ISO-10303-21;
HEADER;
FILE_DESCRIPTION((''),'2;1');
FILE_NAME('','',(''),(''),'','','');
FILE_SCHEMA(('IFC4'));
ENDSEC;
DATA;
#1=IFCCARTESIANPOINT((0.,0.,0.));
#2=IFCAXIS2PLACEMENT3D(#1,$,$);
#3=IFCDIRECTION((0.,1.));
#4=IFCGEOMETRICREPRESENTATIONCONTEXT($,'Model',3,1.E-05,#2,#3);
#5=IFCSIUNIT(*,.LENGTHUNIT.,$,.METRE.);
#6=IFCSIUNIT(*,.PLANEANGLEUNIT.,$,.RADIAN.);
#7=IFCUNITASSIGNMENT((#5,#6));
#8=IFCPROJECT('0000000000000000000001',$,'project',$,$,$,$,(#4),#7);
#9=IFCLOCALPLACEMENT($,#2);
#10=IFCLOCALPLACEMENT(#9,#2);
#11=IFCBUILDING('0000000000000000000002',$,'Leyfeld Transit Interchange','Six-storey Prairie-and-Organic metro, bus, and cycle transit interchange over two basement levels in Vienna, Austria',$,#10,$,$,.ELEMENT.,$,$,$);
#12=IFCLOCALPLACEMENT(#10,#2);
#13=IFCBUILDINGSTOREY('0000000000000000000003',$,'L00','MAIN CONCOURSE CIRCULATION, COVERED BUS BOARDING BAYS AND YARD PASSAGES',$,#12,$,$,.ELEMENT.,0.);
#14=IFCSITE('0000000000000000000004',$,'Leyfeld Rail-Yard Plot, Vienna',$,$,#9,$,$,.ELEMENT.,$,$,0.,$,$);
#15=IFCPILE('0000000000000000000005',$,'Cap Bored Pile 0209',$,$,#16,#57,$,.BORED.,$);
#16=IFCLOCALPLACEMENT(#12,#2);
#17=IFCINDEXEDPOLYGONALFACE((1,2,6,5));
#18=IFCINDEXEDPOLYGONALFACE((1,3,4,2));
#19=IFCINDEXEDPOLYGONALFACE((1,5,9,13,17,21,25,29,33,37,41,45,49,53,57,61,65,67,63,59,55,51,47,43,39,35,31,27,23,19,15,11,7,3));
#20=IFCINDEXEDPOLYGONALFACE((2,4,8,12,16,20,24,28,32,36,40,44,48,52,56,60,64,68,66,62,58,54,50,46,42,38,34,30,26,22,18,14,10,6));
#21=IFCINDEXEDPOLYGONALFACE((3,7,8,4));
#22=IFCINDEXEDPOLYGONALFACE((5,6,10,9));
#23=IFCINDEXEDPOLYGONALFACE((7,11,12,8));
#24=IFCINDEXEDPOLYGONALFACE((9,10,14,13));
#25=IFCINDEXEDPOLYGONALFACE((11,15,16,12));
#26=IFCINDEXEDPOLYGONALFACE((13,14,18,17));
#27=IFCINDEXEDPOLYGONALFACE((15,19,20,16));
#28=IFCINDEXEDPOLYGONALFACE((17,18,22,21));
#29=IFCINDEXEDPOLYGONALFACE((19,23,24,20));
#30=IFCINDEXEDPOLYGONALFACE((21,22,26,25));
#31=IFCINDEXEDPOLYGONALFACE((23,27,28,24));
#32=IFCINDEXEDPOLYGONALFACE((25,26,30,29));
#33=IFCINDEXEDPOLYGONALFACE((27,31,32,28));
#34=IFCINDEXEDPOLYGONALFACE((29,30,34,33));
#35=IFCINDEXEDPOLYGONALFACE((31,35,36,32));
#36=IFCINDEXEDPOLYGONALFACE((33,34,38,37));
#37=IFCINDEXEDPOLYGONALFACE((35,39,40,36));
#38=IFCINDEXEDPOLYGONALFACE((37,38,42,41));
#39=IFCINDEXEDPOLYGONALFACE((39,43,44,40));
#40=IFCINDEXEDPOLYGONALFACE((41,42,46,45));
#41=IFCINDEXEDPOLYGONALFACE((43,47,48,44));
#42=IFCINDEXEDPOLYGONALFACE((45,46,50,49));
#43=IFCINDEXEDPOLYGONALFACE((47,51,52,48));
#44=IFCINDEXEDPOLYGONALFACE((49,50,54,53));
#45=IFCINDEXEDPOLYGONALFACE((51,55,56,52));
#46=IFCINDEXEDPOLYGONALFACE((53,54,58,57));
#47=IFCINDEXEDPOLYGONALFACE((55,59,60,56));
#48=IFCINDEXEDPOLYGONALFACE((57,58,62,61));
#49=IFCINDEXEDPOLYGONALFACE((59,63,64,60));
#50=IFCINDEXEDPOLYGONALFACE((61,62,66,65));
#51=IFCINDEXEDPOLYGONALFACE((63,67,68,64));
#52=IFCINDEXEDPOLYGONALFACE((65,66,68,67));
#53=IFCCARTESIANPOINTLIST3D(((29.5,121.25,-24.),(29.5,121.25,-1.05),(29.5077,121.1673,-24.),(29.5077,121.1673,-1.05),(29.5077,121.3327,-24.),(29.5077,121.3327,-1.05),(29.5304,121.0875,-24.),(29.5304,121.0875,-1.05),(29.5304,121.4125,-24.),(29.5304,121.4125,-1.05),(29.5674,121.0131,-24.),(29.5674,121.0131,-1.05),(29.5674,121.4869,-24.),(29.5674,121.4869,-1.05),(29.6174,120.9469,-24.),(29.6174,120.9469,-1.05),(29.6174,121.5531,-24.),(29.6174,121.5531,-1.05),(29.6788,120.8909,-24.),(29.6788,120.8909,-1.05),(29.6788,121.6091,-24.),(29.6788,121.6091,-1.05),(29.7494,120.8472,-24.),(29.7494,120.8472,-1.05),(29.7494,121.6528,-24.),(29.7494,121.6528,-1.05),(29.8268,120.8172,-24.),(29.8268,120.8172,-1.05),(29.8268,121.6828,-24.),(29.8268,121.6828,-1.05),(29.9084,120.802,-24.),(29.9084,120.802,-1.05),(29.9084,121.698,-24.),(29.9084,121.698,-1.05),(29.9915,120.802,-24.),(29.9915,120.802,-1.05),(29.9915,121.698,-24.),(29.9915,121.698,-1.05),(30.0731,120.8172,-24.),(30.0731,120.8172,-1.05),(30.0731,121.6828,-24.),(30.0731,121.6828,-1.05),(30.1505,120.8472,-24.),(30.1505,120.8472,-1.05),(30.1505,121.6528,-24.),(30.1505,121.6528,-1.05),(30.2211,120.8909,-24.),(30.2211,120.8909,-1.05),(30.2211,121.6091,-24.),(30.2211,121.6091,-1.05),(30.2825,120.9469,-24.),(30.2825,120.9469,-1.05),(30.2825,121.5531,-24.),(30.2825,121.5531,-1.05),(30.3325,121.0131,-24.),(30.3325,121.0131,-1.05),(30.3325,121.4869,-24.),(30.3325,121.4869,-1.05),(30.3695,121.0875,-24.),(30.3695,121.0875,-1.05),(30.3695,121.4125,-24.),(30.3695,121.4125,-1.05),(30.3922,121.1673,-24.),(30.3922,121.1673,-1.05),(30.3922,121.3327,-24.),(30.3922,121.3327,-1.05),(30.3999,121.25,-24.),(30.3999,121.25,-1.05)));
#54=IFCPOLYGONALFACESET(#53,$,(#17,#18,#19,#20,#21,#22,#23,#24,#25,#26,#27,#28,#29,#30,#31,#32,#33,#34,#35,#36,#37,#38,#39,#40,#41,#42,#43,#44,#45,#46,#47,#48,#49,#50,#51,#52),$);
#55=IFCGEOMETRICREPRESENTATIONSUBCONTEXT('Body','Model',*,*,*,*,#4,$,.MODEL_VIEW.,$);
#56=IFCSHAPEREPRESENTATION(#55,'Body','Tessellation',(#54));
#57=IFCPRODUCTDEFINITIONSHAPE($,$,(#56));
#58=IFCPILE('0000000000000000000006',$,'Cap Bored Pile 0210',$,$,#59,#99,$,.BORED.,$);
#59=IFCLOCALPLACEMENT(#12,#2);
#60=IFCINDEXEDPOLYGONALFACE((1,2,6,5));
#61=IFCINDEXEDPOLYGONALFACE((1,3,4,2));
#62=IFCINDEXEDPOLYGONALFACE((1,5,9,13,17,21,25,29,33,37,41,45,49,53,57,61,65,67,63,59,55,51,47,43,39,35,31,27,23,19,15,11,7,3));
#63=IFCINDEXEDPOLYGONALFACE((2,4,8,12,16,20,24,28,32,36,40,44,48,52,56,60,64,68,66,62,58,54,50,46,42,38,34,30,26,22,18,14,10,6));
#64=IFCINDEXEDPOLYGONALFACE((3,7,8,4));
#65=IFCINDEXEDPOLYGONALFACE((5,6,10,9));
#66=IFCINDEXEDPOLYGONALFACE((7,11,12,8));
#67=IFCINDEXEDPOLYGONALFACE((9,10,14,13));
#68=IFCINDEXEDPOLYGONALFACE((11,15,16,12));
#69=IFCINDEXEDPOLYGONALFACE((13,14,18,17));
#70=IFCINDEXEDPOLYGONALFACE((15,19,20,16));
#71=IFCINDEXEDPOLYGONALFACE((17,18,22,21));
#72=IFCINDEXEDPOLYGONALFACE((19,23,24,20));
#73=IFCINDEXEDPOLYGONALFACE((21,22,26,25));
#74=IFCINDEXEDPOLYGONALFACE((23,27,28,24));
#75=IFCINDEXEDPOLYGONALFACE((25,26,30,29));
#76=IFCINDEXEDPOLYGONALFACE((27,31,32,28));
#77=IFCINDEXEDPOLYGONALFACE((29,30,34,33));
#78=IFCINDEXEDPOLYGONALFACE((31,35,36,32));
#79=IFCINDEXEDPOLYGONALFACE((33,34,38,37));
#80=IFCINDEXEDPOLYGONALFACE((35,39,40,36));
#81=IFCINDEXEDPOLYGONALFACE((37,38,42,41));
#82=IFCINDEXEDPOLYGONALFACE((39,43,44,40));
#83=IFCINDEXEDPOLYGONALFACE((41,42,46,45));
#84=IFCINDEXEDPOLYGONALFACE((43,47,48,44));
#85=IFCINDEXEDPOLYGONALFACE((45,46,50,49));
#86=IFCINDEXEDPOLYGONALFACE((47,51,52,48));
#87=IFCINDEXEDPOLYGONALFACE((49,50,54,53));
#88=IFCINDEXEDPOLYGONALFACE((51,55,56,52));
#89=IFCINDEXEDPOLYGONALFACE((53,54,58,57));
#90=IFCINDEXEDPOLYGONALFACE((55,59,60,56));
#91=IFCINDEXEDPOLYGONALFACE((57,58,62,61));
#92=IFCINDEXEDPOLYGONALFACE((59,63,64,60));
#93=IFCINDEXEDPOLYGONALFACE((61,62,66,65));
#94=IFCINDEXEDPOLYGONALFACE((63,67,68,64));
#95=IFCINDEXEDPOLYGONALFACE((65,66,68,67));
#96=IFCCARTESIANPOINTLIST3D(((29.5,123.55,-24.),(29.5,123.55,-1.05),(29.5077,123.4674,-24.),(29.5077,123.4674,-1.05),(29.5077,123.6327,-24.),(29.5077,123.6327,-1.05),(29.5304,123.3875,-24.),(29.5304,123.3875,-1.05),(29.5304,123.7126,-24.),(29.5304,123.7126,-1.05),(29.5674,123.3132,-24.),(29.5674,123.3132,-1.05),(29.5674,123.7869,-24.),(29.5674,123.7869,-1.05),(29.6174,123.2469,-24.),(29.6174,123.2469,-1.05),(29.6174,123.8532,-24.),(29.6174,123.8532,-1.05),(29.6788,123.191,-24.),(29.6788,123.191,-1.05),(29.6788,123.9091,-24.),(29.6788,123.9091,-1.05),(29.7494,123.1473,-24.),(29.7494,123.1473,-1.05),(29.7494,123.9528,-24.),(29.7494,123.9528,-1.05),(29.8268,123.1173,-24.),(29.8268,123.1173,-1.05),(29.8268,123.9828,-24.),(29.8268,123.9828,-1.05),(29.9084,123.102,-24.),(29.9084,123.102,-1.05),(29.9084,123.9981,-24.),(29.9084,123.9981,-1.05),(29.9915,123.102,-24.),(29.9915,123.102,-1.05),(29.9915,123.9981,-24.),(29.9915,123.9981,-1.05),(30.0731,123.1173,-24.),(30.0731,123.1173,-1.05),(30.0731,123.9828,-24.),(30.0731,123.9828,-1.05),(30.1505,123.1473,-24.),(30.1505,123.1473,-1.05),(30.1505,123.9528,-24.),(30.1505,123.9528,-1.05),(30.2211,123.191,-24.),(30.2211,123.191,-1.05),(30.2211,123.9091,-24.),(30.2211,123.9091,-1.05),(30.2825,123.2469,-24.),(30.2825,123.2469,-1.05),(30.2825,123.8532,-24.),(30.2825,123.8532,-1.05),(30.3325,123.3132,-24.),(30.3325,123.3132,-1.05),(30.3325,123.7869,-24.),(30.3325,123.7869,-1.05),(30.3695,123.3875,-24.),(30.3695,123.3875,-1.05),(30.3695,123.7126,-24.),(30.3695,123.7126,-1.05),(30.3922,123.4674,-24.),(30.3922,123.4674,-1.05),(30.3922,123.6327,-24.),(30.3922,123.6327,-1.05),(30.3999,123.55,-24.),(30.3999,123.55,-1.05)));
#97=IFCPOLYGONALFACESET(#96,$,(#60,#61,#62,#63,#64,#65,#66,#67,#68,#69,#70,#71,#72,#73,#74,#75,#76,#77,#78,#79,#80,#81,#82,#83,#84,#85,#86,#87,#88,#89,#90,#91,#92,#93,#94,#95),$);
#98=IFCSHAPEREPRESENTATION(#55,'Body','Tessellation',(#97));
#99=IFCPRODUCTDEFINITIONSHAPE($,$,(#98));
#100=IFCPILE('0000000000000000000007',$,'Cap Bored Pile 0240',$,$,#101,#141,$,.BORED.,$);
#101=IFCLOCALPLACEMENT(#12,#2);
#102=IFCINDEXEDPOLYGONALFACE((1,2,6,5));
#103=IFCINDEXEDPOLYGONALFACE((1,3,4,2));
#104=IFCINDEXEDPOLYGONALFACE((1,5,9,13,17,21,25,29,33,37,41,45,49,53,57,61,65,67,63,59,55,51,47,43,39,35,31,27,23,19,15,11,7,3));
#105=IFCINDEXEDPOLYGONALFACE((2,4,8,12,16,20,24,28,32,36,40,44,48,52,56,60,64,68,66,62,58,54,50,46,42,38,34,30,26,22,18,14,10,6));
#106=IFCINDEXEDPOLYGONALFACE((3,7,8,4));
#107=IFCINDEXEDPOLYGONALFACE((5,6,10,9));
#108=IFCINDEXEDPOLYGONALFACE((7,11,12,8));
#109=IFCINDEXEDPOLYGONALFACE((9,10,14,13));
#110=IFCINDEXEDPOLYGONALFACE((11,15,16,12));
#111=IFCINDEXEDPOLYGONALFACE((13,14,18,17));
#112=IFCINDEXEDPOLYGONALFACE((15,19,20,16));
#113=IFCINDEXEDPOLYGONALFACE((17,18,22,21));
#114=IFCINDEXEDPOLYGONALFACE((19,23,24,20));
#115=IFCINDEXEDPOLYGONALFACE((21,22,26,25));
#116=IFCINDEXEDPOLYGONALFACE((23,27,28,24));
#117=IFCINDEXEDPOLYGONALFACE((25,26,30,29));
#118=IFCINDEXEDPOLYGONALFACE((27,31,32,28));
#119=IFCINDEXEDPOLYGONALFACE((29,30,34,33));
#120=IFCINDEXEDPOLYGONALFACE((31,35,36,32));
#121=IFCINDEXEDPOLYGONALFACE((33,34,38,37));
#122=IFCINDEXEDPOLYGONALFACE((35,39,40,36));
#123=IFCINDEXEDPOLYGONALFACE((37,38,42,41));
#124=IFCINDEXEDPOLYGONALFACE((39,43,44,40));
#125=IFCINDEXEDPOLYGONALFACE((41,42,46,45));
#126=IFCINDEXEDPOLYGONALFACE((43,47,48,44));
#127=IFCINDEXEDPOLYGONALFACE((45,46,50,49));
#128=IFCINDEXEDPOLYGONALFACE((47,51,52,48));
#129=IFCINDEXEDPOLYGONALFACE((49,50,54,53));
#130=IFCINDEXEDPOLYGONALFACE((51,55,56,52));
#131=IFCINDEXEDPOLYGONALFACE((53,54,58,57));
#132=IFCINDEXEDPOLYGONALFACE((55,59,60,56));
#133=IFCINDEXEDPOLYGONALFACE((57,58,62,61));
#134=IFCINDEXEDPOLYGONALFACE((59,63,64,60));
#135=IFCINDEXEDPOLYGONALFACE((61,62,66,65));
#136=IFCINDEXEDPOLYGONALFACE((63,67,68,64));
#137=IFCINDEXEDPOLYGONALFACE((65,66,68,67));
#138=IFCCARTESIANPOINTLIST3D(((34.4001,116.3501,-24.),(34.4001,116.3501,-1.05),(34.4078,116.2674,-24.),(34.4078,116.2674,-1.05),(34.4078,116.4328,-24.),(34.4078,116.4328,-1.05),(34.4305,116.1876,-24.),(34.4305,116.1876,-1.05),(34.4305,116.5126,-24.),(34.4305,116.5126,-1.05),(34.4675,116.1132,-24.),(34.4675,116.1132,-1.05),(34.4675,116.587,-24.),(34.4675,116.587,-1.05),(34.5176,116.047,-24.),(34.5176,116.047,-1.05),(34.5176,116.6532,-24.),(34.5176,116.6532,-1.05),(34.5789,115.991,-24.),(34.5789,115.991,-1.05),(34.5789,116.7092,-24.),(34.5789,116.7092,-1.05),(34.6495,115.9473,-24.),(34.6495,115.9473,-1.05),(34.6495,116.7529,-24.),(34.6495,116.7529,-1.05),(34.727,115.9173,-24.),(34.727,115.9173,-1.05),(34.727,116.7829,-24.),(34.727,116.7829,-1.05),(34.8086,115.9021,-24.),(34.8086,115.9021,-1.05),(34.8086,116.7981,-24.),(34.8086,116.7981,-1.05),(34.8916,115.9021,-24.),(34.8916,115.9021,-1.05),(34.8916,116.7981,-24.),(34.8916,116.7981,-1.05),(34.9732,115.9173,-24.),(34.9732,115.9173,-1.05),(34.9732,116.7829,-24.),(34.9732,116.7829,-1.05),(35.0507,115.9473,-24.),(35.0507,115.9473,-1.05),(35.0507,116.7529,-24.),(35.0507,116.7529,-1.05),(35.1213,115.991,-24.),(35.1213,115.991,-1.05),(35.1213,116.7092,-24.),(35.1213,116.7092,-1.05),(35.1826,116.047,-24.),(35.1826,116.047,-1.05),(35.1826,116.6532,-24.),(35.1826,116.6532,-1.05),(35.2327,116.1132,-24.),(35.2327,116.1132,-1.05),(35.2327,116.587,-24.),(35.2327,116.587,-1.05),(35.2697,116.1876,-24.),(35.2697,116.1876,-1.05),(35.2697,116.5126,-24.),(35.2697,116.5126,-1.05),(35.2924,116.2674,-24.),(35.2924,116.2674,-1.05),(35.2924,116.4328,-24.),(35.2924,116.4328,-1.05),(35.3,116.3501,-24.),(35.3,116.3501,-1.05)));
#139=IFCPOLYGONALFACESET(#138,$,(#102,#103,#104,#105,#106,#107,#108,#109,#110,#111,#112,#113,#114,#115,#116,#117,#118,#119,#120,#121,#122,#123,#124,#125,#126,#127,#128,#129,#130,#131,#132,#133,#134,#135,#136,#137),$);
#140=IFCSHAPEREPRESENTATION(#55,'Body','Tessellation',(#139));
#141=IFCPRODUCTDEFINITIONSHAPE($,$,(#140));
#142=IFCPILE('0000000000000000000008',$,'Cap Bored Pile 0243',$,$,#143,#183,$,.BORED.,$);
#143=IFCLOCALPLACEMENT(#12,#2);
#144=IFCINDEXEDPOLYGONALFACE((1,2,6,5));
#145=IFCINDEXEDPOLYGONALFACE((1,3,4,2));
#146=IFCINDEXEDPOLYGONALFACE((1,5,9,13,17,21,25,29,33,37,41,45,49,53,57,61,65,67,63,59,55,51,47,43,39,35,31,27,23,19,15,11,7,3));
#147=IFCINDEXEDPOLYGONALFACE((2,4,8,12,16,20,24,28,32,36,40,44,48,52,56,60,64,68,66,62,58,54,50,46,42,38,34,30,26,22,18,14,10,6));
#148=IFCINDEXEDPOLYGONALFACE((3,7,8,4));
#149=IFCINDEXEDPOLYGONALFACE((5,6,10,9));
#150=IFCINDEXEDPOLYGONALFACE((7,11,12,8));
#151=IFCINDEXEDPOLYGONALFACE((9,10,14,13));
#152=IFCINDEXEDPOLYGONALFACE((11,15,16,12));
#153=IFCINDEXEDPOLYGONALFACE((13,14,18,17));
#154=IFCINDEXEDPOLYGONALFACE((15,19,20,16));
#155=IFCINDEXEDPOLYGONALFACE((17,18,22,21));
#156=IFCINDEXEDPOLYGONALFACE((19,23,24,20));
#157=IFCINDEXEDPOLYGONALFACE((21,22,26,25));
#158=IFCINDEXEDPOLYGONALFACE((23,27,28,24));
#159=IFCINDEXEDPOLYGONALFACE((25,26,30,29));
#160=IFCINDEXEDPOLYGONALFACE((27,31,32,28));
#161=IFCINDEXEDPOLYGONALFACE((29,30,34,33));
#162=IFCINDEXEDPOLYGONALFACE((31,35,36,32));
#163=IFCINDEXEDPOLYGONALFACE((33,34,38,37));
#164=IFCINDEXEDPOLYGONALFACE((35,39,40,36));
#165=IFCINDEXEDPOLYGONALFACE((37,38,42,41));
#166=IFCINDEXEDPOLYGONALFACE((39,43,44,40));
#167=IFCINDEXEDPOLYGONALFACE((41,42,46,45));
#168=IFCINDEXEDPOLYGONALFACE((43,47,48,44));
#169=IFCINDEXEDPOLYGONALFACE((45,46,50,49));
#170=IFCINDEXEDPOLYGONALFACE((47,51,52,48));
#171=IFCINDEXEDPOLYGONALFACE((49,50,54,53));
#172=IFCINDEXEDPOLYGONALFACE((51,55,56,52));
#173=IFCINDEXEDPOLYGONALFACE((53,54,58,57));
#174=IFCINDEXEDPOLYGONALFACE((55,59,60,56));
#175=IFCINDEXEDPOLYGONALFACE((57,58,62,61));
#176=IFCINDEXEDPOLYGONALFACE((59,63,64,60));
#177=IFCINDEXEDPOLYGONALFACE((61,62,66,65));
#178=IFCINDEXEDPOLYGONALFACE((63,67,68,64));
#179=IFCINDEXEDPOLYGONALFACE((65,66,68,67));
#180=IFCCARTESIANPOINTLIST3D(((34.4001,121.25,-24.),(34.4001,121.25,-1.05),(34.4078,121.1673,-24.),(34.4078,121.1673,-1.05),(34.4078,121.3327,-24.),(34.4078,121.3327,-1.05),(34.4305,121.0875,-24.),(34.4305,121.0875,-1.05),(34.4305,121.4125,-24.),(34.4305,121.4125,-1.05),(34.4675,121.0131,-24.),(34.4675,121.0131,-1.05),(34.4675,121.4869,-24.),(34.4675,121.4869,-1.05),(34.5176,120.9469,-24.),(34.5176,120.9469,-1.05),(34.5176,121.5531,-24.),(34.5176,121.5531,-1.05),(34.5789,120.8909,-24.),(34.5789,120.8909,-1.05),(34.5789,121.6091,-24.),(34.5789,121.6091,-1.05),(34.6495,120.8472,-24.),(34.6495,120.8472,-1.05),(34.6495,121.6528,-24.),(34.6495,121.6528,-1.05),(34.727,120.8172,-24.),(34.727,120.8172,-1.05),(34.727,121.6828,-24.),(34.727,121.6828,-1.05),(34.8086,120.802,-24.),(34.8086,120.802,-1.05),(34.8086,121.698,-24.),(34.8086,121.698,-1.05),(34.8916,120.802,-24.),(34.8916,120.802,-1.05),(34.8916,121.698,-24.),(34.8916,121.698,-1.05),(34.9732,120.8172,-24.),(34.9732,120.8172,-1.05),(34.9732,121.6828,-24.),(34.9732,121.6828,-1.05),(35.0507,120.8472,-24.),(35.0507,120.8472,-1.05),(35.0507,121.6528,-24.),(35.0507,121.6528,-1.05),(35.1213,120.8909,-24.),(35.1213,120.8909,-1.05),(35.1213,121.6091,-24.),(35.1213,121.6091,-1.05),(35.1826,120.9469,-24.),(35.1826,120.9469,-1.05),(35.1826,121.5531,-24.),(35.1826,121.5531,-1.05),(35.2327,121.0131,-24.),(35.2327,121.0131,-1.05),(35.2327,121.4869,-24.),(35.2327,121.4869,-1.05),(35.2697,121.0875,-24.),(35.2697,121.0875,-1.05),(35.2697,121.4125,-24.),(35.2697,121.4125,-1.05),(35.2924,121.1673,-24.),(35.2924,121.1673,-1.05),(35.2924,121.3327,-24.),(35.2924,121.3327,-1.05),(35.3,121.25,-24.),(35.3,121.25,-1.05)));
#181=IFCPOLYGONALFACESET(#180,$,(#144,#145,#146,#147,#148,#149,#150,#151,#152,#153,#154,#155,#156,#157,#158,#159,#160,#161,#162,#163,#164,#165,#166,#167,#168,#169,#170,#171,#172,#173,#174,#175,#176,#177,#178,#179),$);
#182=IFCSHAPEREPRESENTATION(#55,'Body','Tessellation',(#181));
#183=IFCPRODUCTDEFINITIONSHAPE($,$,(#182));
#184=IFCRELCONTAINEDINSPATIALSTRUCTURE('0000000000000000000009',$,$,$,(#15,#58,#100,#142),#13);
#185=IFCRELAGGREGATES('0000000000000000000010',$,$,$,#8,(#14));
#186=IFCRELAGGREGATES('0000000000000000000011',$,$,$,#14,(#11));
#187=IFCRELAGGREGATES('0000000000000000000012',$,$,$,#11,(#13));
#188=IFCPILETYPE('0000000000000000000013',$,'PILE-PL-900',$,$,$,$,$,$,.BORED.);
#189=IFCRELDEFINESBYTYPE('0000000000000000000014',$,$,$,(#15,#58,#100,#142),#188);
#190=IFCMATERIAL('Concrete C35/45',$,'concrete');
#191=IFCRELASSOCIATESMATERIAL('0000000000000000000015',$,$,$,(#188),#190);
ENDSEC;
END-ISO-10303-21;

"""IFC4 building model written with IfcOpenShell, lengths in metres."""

from ifc_helpers import new_model, si_unit, direction, frame, origin, origin_2d, place, context, subcontext, project, spatial, circle, extrude, material, material_profile, profile_set, type_object, element, save


model = new_model("IFC4")

# Units and contexts
model_context = context("Model", 3, precision=1e-05, world=origin(), true_north=direction((0.0, 1.0)))
body_context = subcontext(model_context, "Body", "Model", "MODEL_VIEW")
ifc_project = project(units=[si_unit("LENGTHUNIT", "METRE"), si_unit("PLANEANGLEUNIT", "RADIAN")], contexts=[model_context])

# Site, building, storey
site_placement = place(None, origin())
site = spatial("IfcSite", under=ifc_project, at=site_placement, Name="Leyfeld Rail-Yard Plot, Vienna", CompositionType="ELEMENT", RefElevation=0.0)
building_placement = place(site_placement, origin())
building = spatial("IfcBuilding", under=site, at=building_placement, Name="Leyfeld Transit Interchange", Description="Six-storey Prairie-and-Organic metro, bus, and cycle transit interchange over two basement levels in Vienna, Austria", CompositionType="ELEMENT")
storey_placement = place(building_placement, origin())
storey = spatial("IfcBuildingStorey", under=building, at=storey_placement, Name="L00", Description="MAIN CONCOURSE CIRCULATION, COVERED BUS BOARDING BAYS AND YARD PASSAGES", CompositionType="ELEMENT", Elevation=0.0)

# Shared definitions
ifc_material_1 = material(Name="Concrete C35/45", Category="concrete")

# Piles
ifc_material_profile_1 = material_profile(ifc_material_1, circle(Radius=0.45, at=origin_2d()), Name="PILE D900")
ifc_profile_set_1 = profile_set([ifc_material_profile_1], Name="Concrete C35/45")
pile_type = type_object("IfcPileType", Name="PILE-PL-900", PredefinedType="BORED", material=ifc_profile_set_1)
for number, where, z_axis, x_axis, name in (
    (1, (29.95, 121.25, -1.05), (0.0, 0.0, -1.0), (1.0, 0.0, 0.0), "Cap Bored Pile 0209"),
    (2, (29.95, 123.55, -1.05), (0.0, 0.0, -1.0), (1.0, 0.0, 0.0), "Cap Bored Pile 0210"),
    (3, (34.8501, 116.3501, -1.05), (0.0, 0.0, -1.0), (1.0, 0.0, 0.0), "Cap Bored Pile 0240"),
    (4, (34.8501, 121.25, -1.05), (0.0, 0.0, -1.0), (1.0, 0.0, 0.0), "Cap Bored Pile 0243"),
):
    element("IfcPile", number, at=place(storey_placement, frame(where, z_axis=z_axis, x_axis=x_axis)), inside=storey, type_object=pile_type, Name=name, PredefinedType="BORED", context=body_context, shape_type="SweptSolid", body=[
        extrude(circle(Radius=0.45, at=origin_2d()), origin(), (0.0, 0.0, 1.0), 22.95),
    ])

save(model, "model.ifc")
